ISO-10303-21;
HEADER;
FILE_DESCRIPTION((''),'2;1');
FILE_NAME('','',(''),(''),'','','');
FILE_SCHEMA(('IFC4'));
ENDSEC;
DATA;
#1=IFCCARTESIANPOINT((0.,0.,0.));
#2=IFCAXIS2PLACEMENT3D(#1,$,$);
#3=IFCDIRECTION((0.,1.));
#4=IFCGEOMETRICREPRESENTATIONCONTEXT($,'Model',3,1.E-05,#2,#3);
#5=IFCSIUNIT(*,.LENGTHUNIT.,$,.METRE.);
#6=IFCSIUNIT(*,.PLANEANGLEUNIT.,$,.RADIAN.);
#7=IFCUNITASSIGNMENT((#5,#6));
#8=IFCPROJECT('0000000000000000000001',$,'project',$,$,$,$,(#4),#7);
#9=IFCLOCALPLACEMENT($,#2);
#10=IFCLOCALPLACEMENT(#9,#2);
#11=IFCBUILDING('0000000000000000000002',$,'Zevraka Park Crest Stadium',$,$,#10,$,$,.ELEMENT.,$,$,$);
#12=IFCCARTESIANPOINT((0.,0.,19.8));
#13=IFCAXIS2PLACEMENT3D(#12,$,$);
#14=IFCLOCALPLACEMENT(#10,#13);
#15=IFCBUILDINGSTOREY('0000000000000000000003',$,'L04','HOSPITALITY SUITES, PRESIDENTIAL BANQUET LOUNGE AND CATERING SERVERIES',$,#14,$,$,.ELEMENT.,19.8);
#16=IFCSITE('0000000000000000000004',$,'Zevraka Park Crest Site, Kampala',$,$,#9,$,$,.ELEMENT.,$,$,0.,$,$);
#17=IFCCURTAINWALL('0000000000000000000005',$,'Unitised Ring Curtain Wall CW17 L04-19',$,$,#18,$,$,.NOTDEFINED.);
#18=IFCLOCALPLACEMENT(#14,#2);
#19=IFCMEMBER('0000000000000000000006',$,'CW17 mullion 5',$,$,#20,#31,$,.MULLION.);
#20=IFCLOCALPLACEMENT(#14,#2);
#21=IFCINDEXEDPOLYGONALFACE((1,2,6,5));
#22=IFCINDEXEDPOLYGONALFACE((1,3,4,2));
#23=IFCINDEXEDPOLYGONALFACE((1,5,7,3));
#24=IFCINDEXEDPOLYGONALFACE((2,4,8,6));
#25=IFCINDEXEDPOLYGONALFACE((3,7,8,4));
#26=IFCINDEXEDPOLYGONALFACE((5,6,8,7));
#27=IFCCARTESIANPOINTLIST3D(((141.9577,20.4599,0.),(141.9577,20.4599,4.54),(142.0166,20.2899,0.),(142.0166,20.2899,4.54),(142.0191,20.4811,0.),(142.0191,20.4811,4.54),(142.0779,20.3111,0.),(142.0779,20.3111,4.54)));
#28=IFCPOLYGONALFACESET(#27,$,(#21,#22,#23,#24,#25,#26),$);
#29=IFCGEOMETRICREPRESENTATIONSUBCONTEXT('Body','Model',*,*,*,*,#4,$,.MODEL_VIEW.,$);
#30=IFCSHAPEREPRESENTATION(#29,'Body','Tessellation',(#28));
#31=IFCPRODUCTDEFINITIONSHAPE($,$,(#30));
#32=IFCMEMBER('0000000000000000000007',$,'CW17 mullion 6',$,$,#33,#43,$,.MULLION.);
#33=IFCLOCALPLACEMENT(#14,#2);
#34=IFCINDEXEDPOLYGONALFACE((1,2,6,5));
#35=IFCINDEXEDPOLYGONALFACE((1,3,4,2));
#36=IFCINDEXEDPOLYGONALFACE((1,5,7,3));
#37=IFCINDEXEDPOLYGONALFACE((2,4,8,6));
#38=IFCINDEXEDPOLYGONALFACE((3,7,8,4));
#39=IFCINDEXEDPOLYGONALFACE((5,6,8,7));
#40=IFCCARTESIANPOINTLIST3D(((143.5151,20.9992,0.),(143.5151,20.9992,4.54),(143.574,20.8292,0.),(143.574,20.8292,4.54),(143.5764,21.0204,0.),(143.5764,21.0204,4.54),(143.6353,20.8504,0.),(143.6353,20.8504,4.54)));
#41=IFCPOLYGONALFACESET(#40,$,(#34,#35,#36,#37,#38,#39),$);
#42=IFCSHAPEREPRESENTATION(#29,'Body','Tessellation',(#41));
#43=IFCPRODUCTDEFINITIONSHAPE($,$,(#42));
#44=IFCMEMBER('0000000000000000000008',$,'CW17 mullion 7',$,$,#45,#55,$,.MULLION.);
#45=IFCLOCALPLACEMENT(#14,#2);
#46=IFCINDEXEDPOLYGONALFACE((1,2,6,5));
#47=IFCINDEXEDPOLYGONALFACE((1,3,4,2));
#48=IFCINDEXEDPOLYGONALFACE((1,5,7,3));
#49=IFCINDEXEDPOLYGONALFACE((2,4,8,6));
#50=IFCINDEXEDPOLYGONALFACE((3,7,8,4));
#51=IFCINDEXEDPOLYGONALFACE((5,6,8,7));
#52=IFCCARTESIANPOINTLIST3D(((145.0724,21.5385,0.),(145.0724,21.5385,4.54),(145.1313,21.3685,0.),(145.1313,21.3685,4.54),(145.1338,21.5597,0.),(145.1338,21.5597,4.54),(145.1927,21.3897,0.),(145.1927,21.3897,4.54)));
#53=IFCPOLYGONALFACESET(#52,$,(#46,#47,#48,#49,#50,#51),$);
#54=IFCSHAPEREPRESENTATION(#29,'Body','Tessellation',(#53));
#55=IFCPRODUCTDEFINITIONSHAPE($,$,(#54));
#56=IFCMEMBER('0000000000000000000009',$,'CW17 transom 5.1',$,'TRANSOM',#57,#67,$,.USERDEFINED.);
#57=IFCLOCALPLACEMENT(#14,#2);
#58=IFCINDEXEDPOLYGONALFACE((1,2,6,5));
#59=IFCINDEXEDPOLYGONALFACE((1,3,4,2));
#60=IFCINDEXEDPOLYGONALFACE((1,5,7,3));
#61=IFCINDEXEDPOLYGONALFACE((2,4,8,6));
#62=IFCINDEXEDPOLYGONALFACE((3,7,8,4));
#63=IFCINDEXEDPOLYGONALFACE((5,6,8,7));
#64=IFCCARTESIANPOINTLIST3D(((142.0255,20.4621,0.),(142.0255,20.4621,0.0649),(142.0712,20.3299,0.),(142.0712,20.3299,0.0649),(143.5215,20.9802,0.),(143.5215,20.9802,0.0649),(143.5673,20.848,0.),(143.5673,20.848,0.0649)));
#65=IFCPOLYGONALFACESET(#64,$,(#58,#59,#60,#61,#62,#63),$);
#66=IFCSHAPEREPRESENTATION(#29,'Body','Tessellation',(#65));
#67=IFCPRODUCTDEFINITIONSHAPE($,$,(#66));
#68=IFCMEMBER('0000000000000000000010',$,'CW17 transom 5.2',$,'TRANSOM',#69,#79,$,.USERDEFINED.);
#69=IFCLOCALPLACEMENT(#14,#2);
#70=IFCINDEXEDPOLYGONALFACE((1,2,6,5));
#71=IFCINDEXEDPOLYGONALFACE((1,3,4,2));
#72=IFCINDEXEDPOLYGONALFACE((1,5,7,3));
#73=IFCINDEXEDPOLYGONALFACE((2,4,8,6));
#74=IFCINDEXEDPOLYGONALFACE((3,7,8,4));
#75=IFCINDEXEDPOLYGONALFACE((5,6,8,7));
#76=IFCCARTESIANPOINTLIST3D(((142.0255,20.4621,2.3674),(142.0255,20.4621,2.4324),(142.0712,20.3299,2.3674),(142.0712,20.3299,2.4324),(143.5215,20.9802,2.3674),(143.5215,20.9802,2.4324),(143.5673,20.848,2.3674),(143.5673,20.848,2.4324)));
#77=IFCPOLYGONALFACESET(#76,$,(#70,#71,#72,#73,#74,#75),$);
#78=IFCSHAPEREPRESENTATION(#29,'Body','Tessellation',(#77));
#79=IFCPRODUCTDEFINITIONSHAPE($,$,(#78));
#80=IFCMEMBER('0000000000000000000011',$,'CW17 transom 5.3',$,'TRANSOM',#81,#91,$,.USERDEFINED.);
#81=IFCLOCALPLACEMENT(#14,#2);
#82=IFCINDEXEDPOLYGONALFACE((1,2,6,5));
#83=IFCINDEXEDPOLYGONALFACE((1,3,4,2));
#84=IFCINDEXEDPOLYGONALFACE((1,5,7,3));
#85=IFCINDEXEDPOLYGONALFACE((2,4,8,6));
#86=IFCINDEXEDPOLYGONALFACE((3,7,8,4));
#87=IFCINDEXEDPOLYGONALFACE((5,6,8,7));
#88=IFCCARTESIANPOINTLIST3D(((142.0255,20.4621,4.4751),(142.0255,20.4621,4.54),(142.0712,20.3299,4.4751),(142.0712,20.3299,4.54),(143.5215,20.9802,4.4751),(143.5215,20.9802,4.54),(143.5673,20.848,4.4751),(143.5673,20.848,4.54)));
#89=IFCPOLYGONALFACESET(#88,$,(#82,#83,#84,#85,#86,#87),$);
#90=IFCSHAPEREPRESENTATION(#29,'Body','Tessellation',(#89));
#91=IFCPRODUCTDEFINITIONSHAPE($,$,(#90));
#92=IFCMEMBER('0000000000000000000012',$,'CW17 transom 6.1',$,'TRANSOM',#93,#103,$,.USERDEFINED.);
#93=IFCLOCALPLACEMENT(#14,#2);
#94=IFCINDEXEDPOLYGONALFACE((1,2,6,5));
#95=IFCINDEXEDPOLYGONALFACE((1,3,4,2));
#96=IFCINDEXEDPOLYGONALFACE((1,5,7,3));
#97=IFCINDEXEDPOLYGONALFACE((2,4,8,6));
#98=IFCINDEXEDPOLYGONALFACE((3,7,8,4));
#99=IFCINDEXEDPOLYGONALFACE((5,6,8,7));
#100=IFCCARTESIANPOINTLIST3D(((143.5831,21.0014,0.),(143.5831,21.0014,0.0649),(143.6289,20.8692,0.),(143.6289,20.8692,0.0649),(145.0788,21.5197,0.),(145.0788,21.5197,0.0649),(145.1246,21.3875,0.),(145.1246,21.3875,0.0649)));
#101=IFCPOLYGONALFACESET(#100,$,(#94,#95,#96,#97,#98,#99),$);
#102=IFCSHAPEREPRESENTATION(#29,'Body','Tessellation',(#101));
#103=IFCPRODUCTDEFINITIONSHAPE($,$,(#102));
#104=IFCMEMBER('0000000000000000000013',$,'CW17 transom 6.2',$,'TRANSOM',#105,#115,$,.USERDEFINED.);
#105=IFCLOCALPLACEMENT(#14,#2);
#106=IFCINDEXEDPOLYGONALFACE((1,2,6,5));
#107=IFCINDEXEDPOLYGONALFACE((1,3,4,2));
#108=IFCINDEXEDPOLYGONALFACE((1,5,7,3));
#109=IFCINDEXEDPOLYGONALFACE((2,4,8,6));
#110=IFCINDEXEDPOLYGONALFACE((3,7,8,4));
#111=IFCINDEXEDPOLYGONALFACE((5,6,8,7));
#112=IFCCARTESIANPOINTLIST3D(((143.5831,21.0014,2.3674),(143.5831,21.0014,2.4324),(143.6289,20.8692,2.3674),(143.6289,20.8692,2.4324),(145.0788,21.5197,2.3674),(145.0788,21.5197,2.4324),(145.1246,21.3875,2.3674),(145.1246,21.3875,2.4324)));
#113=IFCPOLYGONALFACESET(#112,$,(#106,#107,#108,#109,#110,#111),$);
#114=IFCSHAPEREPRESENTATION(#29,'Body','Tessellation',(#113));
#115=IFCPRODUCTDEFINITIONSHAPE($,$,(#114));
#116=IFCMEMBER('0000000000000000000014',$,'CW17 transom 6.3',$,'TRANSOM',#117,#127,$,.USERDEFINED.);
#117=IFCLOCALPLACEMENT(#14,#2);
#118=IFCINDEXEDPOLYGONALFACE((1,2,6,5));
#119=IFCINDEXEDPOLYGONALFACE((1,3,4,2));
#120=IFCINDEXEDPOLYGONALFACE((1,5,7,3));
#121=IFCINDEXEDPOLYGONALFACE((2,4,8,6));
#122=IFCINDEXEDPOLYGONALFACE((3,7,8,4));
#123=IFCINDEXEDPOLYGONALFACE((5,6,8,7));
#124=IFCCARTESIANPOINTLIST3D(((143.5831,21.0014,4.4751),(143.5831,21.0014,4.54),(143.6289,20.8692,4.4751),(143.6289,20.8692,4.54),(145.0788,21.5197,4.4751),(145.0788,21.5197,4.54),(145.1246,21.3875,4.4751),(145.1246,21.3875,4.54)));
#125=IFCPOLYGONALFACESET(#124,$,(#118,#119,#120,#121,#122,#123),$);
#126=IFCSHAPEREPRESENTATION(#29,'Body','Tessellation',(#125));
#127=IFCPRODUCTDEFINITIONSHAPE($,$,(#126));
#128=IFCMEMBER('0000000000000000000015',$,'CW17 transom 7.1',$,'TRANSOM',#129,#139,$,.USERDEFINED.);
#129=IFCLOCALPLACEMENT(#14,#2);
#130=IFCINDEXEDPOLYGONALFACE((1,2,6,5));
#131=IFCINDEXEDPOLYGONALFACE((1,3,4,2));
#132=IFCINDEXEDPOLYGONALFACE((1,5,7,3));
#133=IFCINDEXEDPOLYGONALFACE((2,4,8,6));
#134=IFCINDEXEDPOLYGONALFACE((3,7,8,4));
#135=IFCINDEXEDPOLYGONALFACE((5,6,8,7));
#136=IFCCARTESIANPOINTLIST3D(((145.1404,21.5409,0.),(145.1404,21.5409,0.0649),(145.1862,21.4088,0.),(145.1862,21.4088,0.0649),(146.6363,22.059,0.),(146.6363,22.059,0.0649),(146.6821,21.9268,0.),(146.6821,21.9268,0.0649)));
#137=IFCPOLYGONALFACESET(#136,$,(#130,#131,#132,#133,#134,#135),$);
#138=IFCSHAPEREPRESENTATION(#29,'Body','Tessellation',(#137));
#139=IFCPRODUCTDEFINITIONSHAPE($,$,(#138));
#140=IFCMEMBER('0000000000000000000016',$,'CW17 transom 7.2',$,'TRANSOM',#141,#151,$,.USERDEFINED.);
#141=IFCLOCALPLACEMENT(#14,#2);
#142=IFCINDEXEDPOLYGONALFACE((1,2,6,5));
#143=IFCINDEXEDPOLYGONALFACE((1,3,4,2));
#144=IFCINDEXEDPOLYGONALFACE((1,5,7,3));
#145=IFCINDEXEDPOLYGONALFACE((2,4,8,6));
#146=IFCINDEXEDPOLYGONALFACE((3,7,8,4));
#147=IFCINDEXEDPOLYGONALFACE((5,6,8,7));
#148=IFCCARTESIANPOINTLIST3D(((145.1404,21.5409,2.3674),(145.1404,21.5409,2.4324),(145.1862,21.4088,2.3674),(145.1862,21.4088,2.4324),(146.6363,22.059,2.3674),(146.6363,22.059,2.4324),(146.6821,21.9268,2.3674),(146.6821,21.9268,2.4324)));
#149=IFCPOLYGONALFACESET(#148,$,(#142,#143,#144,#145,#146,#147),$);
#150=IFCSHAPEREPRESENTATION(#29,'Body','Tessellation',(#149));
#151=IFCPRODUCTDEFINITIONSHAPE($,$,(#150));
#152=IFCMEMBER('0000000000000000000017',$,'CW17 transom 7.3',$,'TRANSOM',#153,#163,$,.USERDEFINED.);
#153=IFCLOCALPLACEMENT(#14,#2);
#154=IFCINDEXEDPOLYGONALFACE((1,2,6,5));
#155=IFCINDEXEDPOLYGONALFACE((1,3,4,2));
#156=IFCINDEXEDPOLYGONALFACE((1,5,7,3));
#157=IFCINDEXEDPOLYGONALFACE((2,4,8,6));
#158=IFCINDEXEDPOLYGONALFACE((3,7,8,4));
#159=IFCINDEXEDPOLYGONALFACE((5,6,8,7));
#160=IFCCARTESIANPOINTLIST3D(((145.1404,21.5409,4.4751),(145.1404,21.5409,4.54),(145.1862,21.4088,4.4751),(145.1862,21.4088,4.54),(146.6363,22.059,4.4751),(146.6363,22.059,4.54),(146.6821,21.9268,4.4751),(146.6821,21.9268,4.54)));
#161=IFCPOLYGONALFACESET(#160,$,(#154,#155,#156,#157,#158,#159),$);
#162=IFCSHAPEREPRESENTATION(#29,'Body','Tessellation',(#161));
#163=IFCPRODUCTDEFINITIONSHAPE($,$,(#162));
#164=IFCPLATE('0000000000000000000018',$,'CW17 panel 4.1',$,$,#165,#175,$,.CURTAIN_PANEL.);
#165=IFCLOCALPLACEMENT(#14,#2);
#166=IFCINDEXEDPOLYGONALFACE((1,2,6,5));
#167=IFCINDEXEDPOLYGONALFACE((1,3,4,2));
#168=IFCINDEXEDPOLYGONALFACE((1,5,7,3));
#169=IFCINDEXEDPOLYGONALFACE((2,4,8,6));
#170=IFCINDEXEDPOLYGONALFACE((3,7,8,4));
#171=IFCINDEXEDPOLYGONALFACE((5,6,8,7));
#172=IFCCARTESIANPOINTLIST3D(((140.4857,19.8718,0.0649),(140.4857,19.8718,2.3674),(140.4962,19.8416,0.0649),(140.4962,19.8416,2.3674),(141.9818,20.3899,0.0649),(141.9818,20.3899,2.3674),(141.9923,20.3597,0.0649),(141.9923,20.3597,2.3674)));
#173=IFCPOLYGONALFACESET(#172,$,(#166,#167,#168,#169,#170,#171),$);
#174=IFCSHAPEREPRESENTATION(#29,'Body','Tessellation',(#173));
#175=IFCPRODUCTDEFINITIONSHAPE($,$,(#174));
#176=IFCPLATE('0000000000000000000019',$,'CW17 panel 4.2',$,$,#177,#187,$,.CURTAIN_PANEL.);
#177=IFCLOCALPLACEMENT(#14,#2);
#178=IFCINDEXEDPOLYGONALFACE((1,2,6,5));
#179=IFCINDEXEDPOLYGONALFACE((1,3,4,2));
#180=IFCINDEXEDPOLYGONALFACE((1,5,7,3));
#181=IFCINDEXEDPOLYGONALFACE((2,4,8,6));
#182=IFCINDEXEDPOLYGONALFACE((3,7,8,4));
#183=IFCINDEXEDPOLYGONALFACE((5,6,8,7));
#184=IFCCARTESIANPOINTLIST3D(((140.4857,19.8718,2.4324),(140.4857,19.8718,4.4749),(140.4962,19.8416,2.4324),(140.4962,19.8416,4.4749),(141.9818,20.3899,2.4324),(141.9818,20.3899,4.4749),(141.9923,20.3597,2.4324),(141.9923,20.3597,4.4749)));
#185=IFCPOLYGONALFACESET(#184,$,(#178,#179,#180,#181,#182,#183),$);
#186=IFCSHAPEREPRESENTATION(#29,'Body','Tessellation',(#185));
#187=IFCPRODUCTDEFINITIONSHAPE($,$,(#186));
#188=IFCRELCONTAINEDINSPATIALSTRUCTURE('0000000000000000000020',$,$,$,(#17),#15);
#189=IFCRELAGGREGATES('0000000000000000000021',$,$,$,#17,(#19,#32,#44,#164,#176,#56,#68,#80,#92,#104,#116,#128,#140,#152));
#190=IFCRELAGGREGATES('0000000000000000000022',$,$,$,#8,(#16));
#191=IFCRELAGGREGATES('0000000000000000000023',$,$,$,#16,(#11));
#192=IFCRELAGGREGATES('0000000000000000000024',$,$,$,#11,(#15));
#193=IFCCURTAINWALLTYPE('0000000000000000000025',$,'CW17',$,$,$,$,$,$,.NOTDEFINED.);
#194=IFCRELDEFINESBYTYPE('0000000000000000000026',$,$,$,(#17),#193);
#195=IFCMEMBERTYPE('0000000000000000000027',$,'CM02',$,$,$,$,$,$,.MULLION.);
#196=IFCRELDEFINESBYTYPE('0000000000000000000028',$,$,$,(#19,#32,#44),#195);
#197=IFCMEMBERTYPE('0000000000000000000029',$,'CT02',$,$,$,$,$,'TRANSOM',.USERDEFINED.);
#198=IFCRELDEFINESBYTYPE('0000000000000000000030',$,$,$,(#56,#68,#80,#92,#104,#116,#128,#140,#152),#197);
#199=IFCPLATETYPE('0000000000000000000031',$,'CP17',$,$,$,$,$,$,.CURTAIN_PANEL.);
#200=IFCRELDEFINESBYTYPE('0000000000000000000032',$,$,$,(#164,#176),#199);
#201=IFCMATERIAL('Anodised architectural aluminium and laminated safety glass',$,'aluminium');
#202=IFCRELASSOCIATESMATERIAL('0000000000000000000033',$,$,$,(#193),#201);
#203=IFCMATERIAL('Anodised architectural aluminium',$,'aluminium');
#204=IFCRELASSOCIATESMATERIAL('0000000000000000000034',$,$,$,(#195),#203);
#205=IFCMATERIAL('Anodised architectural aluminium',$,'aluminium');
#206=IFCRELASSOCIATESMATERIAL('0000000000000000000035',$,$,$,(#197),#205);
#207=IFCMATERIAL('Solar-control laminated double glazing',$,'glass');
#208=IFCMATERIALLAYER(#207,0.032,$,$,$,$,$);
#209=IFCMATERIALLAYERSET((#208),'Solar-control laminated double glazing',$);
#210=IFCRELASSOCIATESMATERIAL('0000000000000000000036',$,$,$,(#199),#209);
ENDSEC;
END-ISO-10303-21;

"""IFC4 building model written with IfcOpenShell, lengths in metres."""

from ifc_helpers import new_model, si_unit, direction, frame, origin, origin_2d, place, context, subcontext, project, spatial, rectangle, extrude, material, layer, layer_set, material_profile, profile_set, type_object, element, aggregate, save


model = new_model("IFC4")

# Units and contexts
model_context = context("Model", 3, precision=1e-05, world=origin(), true_north=direction((0.0, 1.0)))
body_context = subcontext(model_context, "Body", "Model", "MODEL_VIEW")
ifc_project = project(units=[si_unit("LENGTHUNIT", "METRE"), si_unit("PLANEANGLEUNIT", "RADIAN")], contexts=[model_context])

# Site, building, storey
site_placement = place(None, origin())
site = spatial("IfcSite", under=ifc_project, at=site_placement, Name="Zevraka Park Crest Site, Kampala", CompositionType="ELEMENT", RefElevation=0.0)
building_placement = place(site_placement, origin())
building = spatial("IfcBuilding", under=site, at=building_placement, Name="Zevraka Park Crest Stadium", CompositionType="ELEMENT")
storey_placement = place(building_placement, frame((0.0, 0.0, 19.8)))
storey = spatial("IfcBuildingStorey", under=building, at=storey_placement, Name="L04", Description="HOSPITALITY SUITES, PRESIDENTIAL BANQUET LOUNGE AND CATERING SERVERIES", CompositionType="ELEMENT", Elevation=19.8)

# Curtain wall, members, plates
ifc_material_1 = material(Name="Anodised architectural aluminium and laminated safety glass", Category="aluminium")
curtain_wall_type = type_object("IfcCurtainWallType", Name="CW17", PredefinedType="NOTDEFINED", material=ifc_material_1)
curtain_wall_placement = place(storey_placement, origin())
curtain_wall = element("IfcCurtainWall", 1, at=curtain_wall_placement, inside=storey, type_object=curtain_wall_type, Name="Unitised Ring Curtain Wall CW17 L04-19", PredefinedType="NOTDEFINED")
ifc_material_2 = material(Name="Anodised architectural aluminium", Category="aluminium")
ifc_material_profile_1 = material_profile(ifc_material_2, rectangle(XDim=0.1799, YDim=0.0649, at=origin_2d()), Name="ALU MULLION 180x65")
ifc_profile_set_1 = profile_set([ifc_material_profile_1], Name="Anodised architectural aluminium")
member_type_1 = type_object("IfcMemberType", Name="CM02", PredefinedType="MULLION", material=ifc_profile_set_1)
member_1_placement = place(storey_placement, frame((142.0178, 20.3855, 0.0), z_axis=(0.0, 0.0, 1.0), x_axis=(-0.327245, 0.94494, 0.0)))
member_1 = element("IfcMember", 2, at=member_1_placement, type_object=member_type_1, Name="CW17 mullion 5", PredefinedType="MULLION", context=body_context, shape_type="SweptSolid", body=[
    extrude(rectangle(XDim=0.1799, YDim=0.0649, at=origin_2d()), origin(), (0.0, 0.0, 1.0), 4.54),
])
member_2_placement = place(storey_placement, frame((143.5752, 20.9248, 0.0), z_axis=(0.0, 0.0, 1.0), x_axis=(-0.327245, 0.94494, 0.0)))
member_2 = element("IfcMember", 3, at=member_2_placement, type_object=member_type_1, Name="CW17 mullion 6", PredefinedType="MULLION", context=body_context, shape_type="SweptSolid", body=[
    extrude(rectangle(XDim=0.1799, YDim=0.0649, at=origin_2d()), origin(), (0.0, 0.0, 1.0), 4.54),
])
member_3_placement = place(storey_placement, frame((145.1326, 21.4641, 0.0), z_axis=(0.0, 0.0, 1.0), x_axis=(-0.327245, 0.94494, 0.0)))
member_3 = element("IfcMember", 4, at=member_3_placement, type_object=member_type_1, Name="CW17 mullion 7", PredefinedType="MULLION", context=body_context, shape_type="SweptSolid", body=[
    extrude(rectangle(XDim=0.1799, YDim=0.0649, at=origin_2d()), origin(), (0.0, 0.0, 1.0), 4.54),
])
ifc_material_3 = material(Name="Anodised architectural aluminium", Category="aluminium")
ifc_material_profile_2 = material_profile(ifc_material_3, rectangle(XDim=0.1399, YDim=0.0649, at=origin_2d()), Name="ALU TRANSOM 140x65")
ifc_profile_set_2 = profile_set([ifc_material_profile_2], Name="Anodised architectural aluminium")
member_type_2 = type_object("IfcMemberType", Name="CT02", ElementType="TRANSOM", PredefinedType="USERDEFINED", material=ifc_profile_set_2)
member_4_placement = place(storey_placement, frame((142.0483, 20.396, 0.0325), z_axis=(0.944949, 0.327216, 0.0), x_axis=(-0.327216, 0.944949, 0.0)))
member_4 = element("IfcMember", 5, at=member_4_placement, type_object=member_type_2, Name="CW17 transom 5.1", ObjectType="TRANSOM", PredefinedType="USERDEFINED", context=body_context, shape_type="SweptSolid", body=[
    extrude(rectangle(XDim=0.1399, YDim=0.0649, at=origin_2d()), origin(), (0.0, 0.0, 1.0), 1.5833),
])
member_5_placement = place(storey_placement, frame((142.0483, 20.396, 2.3999), z_axis=(0.944949, 0.327216, 0.0), x_axis=(-0.327216, 0.944949, 0.0)))
member_5 = element("IfcMember", 6, at=member_5_placement, type_object=member_type_2, Name="CW17 transom 5.2", ObjectType="TRANSOM", PredefinedType="USERDEFINED", context=body_context, shape_type="SweptSolid", body=[
    extrude(rectangle(XDim=0.1399, YDim=0.0649, at=origin_2d()), origin(), (0.0, 0.0, 1.0), 1.5833),
])
member_6_placement = place(storey_placement, frame((142.0483, 20.396, 4.5076), z_axis=(0.944949, 0.327216, 0.0), x_axis=(-0.327216, 0.944949, 0.0)))
member_6 = element("IfcMember", 7, at=member_6_placement, type_object=member_type_2, Name="CW17 transom 5.3", ObjectType="TRANSOM", PredefinedType="USERDEFINED", context=body_context, shape_type="SweptSolid", body=[
    extrude(rectangle(XDim=0.1399, YDim=0.0649, at=origin_2d()), origin(), (0.0, 0.0, 1.0), 1.5833),
])
member_7_placement = place(storey_placement, frame((143.606, 20.9353, 0.0325), z_axis=(0.944885, 0.327402, 0.0), x_axis=(-0.327402, 0.944885, 0.0)))
member_7 = element("IfcMember", 8, at=member_7_placement, type_object=member_type_2, Name="CW17 transom 6.1", ObjectType="TRANSOM", PredefinedType="USERDEFINED", context=body_context, shape_type="SweptSolid", body=[
    extrude(rectangle(XDim=0.1399, YDim=0.0649, at=origin_2d()), origin(), (0.0, 0.0, 1.0), 1.583),
])
member_8_placement = place(storey_placement, frame((143.606, 20.9353, 2.3999), z_axis=(0.944885, 0.327402, 0.0), x_axis=(-0.327402, 0.944885, 0.0)))
member_8 = element("IfcMember", 9, at=member_8_placement, type_object=member_type_2, Name="CW17 transom 6.2", ObjectType="TRANSOM", PredefinedType="USERDEFINED", context=body_context, shape_type="SweptSolid", body=[
    extrude(rectangle(XDim=0.1399, YDim=0.0649, at=origin_2d()), origin(), (0.0, 0.0, 1.0), 1.583),
])
member_9_placement = place(storey_placement, frame((143.606, 20.9353, 4.5076), z_axis=(0.944885, 0.327402, 0.0), x_axis=(-0.327402, 0.944885, 0.0)))
member_9 = element("IfcMember", 10, at=member_9_placement, type_object=member_type_2, Name="CW17 transom 6.3", ObjectType="TRANSOM", PredefinedType="USERDEFINED", context=body_context, shape_type="SweptSolid", body=[
    extrude(rectangle(XDim=0.1399, YDim=0.0649, at=origin_2d()), origin(), (0.0, 0.0, 1.0), 1.583),
])
member_10_placement = place(storey_placement, frame((145.1633, 21.4749, 0.0325), z_axis=(0.944933, 0.327264, 0.0), x_axis=(-0.327264, 0.944933, 0.0)))
member_10 = element("IfcMember", 11, at=member_10_placement, type_object=member_type_2, Name="CW17 transom 7.1", ObjectType="TRANSOM", PredefinedType="USERDEFINED", context=body_context, shape_type="SweptSolid", body=[
    extrude(rectangle(XDim=0.1399, YDim=0.0649, at=origin_2d()), origin(), (0.0, 0.0, 1.0), 1.583),
])
member_11_placement = place(storey_placement, frame((145.1633, 21.4749, 2.3999), z_axis=(0.944933, 0.327264, 0.0), x_axis=(-0.327264, 0.944933, 0.0)))
member_11 = element("IfcMember", 12, at=member_11_placement, type_object=member_type_2, Name="CW17 transom 7.2", ObjectType="TRANSOM", PredefinedType="USERDEFINED", context=body_context, shape_type="SweptSolid", body=[
    extrude(rectangle(XDim=0.1399, YDim=0.0649, at=origin_2d()), origin(), (0.0, 0.0, 1.0), 1.583),
])
member_12_placement = place(storey_placement, frame((145.1633, 21.4749, 4.5076), z_axis=(0.944933, 0.327264, 0.0), x_axis=(-0.327264, 0.944933, 0.0)))
member_12 = element("IfcMember", 13, at=member_12_placement, type_object=member_type_2, Name="CW17 transom 7.3", ObjectType="TRANSOM", PredefinedType="USERDEFINED", context=body_context, shape_type="SweptSolid", body=[
    extrude(rectangle(XDim=0.1399, YDim=0.0649, at=origin_2d()), origin(), (0.0, 0.0, 1.0), 1.583),
])
ifc_material_4 = material(Name="Solar-control laminated double glazing", Category="glass")
ifc_layer_1 = layer(ifc_material_4, 0.032)
ifc_layer_set_1 = layer_set([ifc_layer_1], Name="Solar-control laminated double glazing")
plate_type = type_object("IfcPlateType", Name="CP17", PredefinedType="CURTAIN_PANEL", material=ifc_layer_set_1)
plate_1_placement = place(storey_placement, frame((141.239, 20.1157, 0.0649), z_axis=(0.0, 0.0, 1.0), x_axis=(0.94494, 0.327245, 0.0)))
plate_1 = element("IfcPlate", 14, at=plate_1_placement, type_object=plate_type, Name="CW17 panel 4.1", PredefinedType="CURTAIN_PANEL", context=body_context, shape_type="SweptSolid", body=[
    extrude(rectangle(XDim=1.5833, YDim=0.032, at=origin_2d()), origin(), (0.0, 0.0, 1.0), 2.3025),
])
plate_2_placement = place(storey_placement, frame((141.239, 20.1157, 2.4324), z_axis=(0.0, 0.0, 1.0), x_axis=(0.94494, 0.327245, 0.0)))
plate_2 = element("IfcPlate", 15, at=plate_2_placement, type_object=plate_type, Name="CW17 panel 4.2", PredefinedType="CURTAIN_PANEL", context=body_context, shape_type="SweptSolid", body=[
    extrude(rectangle(XDim=1.5833, YDim=0.032, at=origin_2d()), origin(), (0.0, 0.0, 1.0), 2.0425),
])
aggregate(curtain_wall, [member_1, member_2, member_3, plate_1, plate_2, member_4, member_5, member_6, member_7, member_8, member_9, member_10, member_11, member_12])

save(model, "model.ifc")
